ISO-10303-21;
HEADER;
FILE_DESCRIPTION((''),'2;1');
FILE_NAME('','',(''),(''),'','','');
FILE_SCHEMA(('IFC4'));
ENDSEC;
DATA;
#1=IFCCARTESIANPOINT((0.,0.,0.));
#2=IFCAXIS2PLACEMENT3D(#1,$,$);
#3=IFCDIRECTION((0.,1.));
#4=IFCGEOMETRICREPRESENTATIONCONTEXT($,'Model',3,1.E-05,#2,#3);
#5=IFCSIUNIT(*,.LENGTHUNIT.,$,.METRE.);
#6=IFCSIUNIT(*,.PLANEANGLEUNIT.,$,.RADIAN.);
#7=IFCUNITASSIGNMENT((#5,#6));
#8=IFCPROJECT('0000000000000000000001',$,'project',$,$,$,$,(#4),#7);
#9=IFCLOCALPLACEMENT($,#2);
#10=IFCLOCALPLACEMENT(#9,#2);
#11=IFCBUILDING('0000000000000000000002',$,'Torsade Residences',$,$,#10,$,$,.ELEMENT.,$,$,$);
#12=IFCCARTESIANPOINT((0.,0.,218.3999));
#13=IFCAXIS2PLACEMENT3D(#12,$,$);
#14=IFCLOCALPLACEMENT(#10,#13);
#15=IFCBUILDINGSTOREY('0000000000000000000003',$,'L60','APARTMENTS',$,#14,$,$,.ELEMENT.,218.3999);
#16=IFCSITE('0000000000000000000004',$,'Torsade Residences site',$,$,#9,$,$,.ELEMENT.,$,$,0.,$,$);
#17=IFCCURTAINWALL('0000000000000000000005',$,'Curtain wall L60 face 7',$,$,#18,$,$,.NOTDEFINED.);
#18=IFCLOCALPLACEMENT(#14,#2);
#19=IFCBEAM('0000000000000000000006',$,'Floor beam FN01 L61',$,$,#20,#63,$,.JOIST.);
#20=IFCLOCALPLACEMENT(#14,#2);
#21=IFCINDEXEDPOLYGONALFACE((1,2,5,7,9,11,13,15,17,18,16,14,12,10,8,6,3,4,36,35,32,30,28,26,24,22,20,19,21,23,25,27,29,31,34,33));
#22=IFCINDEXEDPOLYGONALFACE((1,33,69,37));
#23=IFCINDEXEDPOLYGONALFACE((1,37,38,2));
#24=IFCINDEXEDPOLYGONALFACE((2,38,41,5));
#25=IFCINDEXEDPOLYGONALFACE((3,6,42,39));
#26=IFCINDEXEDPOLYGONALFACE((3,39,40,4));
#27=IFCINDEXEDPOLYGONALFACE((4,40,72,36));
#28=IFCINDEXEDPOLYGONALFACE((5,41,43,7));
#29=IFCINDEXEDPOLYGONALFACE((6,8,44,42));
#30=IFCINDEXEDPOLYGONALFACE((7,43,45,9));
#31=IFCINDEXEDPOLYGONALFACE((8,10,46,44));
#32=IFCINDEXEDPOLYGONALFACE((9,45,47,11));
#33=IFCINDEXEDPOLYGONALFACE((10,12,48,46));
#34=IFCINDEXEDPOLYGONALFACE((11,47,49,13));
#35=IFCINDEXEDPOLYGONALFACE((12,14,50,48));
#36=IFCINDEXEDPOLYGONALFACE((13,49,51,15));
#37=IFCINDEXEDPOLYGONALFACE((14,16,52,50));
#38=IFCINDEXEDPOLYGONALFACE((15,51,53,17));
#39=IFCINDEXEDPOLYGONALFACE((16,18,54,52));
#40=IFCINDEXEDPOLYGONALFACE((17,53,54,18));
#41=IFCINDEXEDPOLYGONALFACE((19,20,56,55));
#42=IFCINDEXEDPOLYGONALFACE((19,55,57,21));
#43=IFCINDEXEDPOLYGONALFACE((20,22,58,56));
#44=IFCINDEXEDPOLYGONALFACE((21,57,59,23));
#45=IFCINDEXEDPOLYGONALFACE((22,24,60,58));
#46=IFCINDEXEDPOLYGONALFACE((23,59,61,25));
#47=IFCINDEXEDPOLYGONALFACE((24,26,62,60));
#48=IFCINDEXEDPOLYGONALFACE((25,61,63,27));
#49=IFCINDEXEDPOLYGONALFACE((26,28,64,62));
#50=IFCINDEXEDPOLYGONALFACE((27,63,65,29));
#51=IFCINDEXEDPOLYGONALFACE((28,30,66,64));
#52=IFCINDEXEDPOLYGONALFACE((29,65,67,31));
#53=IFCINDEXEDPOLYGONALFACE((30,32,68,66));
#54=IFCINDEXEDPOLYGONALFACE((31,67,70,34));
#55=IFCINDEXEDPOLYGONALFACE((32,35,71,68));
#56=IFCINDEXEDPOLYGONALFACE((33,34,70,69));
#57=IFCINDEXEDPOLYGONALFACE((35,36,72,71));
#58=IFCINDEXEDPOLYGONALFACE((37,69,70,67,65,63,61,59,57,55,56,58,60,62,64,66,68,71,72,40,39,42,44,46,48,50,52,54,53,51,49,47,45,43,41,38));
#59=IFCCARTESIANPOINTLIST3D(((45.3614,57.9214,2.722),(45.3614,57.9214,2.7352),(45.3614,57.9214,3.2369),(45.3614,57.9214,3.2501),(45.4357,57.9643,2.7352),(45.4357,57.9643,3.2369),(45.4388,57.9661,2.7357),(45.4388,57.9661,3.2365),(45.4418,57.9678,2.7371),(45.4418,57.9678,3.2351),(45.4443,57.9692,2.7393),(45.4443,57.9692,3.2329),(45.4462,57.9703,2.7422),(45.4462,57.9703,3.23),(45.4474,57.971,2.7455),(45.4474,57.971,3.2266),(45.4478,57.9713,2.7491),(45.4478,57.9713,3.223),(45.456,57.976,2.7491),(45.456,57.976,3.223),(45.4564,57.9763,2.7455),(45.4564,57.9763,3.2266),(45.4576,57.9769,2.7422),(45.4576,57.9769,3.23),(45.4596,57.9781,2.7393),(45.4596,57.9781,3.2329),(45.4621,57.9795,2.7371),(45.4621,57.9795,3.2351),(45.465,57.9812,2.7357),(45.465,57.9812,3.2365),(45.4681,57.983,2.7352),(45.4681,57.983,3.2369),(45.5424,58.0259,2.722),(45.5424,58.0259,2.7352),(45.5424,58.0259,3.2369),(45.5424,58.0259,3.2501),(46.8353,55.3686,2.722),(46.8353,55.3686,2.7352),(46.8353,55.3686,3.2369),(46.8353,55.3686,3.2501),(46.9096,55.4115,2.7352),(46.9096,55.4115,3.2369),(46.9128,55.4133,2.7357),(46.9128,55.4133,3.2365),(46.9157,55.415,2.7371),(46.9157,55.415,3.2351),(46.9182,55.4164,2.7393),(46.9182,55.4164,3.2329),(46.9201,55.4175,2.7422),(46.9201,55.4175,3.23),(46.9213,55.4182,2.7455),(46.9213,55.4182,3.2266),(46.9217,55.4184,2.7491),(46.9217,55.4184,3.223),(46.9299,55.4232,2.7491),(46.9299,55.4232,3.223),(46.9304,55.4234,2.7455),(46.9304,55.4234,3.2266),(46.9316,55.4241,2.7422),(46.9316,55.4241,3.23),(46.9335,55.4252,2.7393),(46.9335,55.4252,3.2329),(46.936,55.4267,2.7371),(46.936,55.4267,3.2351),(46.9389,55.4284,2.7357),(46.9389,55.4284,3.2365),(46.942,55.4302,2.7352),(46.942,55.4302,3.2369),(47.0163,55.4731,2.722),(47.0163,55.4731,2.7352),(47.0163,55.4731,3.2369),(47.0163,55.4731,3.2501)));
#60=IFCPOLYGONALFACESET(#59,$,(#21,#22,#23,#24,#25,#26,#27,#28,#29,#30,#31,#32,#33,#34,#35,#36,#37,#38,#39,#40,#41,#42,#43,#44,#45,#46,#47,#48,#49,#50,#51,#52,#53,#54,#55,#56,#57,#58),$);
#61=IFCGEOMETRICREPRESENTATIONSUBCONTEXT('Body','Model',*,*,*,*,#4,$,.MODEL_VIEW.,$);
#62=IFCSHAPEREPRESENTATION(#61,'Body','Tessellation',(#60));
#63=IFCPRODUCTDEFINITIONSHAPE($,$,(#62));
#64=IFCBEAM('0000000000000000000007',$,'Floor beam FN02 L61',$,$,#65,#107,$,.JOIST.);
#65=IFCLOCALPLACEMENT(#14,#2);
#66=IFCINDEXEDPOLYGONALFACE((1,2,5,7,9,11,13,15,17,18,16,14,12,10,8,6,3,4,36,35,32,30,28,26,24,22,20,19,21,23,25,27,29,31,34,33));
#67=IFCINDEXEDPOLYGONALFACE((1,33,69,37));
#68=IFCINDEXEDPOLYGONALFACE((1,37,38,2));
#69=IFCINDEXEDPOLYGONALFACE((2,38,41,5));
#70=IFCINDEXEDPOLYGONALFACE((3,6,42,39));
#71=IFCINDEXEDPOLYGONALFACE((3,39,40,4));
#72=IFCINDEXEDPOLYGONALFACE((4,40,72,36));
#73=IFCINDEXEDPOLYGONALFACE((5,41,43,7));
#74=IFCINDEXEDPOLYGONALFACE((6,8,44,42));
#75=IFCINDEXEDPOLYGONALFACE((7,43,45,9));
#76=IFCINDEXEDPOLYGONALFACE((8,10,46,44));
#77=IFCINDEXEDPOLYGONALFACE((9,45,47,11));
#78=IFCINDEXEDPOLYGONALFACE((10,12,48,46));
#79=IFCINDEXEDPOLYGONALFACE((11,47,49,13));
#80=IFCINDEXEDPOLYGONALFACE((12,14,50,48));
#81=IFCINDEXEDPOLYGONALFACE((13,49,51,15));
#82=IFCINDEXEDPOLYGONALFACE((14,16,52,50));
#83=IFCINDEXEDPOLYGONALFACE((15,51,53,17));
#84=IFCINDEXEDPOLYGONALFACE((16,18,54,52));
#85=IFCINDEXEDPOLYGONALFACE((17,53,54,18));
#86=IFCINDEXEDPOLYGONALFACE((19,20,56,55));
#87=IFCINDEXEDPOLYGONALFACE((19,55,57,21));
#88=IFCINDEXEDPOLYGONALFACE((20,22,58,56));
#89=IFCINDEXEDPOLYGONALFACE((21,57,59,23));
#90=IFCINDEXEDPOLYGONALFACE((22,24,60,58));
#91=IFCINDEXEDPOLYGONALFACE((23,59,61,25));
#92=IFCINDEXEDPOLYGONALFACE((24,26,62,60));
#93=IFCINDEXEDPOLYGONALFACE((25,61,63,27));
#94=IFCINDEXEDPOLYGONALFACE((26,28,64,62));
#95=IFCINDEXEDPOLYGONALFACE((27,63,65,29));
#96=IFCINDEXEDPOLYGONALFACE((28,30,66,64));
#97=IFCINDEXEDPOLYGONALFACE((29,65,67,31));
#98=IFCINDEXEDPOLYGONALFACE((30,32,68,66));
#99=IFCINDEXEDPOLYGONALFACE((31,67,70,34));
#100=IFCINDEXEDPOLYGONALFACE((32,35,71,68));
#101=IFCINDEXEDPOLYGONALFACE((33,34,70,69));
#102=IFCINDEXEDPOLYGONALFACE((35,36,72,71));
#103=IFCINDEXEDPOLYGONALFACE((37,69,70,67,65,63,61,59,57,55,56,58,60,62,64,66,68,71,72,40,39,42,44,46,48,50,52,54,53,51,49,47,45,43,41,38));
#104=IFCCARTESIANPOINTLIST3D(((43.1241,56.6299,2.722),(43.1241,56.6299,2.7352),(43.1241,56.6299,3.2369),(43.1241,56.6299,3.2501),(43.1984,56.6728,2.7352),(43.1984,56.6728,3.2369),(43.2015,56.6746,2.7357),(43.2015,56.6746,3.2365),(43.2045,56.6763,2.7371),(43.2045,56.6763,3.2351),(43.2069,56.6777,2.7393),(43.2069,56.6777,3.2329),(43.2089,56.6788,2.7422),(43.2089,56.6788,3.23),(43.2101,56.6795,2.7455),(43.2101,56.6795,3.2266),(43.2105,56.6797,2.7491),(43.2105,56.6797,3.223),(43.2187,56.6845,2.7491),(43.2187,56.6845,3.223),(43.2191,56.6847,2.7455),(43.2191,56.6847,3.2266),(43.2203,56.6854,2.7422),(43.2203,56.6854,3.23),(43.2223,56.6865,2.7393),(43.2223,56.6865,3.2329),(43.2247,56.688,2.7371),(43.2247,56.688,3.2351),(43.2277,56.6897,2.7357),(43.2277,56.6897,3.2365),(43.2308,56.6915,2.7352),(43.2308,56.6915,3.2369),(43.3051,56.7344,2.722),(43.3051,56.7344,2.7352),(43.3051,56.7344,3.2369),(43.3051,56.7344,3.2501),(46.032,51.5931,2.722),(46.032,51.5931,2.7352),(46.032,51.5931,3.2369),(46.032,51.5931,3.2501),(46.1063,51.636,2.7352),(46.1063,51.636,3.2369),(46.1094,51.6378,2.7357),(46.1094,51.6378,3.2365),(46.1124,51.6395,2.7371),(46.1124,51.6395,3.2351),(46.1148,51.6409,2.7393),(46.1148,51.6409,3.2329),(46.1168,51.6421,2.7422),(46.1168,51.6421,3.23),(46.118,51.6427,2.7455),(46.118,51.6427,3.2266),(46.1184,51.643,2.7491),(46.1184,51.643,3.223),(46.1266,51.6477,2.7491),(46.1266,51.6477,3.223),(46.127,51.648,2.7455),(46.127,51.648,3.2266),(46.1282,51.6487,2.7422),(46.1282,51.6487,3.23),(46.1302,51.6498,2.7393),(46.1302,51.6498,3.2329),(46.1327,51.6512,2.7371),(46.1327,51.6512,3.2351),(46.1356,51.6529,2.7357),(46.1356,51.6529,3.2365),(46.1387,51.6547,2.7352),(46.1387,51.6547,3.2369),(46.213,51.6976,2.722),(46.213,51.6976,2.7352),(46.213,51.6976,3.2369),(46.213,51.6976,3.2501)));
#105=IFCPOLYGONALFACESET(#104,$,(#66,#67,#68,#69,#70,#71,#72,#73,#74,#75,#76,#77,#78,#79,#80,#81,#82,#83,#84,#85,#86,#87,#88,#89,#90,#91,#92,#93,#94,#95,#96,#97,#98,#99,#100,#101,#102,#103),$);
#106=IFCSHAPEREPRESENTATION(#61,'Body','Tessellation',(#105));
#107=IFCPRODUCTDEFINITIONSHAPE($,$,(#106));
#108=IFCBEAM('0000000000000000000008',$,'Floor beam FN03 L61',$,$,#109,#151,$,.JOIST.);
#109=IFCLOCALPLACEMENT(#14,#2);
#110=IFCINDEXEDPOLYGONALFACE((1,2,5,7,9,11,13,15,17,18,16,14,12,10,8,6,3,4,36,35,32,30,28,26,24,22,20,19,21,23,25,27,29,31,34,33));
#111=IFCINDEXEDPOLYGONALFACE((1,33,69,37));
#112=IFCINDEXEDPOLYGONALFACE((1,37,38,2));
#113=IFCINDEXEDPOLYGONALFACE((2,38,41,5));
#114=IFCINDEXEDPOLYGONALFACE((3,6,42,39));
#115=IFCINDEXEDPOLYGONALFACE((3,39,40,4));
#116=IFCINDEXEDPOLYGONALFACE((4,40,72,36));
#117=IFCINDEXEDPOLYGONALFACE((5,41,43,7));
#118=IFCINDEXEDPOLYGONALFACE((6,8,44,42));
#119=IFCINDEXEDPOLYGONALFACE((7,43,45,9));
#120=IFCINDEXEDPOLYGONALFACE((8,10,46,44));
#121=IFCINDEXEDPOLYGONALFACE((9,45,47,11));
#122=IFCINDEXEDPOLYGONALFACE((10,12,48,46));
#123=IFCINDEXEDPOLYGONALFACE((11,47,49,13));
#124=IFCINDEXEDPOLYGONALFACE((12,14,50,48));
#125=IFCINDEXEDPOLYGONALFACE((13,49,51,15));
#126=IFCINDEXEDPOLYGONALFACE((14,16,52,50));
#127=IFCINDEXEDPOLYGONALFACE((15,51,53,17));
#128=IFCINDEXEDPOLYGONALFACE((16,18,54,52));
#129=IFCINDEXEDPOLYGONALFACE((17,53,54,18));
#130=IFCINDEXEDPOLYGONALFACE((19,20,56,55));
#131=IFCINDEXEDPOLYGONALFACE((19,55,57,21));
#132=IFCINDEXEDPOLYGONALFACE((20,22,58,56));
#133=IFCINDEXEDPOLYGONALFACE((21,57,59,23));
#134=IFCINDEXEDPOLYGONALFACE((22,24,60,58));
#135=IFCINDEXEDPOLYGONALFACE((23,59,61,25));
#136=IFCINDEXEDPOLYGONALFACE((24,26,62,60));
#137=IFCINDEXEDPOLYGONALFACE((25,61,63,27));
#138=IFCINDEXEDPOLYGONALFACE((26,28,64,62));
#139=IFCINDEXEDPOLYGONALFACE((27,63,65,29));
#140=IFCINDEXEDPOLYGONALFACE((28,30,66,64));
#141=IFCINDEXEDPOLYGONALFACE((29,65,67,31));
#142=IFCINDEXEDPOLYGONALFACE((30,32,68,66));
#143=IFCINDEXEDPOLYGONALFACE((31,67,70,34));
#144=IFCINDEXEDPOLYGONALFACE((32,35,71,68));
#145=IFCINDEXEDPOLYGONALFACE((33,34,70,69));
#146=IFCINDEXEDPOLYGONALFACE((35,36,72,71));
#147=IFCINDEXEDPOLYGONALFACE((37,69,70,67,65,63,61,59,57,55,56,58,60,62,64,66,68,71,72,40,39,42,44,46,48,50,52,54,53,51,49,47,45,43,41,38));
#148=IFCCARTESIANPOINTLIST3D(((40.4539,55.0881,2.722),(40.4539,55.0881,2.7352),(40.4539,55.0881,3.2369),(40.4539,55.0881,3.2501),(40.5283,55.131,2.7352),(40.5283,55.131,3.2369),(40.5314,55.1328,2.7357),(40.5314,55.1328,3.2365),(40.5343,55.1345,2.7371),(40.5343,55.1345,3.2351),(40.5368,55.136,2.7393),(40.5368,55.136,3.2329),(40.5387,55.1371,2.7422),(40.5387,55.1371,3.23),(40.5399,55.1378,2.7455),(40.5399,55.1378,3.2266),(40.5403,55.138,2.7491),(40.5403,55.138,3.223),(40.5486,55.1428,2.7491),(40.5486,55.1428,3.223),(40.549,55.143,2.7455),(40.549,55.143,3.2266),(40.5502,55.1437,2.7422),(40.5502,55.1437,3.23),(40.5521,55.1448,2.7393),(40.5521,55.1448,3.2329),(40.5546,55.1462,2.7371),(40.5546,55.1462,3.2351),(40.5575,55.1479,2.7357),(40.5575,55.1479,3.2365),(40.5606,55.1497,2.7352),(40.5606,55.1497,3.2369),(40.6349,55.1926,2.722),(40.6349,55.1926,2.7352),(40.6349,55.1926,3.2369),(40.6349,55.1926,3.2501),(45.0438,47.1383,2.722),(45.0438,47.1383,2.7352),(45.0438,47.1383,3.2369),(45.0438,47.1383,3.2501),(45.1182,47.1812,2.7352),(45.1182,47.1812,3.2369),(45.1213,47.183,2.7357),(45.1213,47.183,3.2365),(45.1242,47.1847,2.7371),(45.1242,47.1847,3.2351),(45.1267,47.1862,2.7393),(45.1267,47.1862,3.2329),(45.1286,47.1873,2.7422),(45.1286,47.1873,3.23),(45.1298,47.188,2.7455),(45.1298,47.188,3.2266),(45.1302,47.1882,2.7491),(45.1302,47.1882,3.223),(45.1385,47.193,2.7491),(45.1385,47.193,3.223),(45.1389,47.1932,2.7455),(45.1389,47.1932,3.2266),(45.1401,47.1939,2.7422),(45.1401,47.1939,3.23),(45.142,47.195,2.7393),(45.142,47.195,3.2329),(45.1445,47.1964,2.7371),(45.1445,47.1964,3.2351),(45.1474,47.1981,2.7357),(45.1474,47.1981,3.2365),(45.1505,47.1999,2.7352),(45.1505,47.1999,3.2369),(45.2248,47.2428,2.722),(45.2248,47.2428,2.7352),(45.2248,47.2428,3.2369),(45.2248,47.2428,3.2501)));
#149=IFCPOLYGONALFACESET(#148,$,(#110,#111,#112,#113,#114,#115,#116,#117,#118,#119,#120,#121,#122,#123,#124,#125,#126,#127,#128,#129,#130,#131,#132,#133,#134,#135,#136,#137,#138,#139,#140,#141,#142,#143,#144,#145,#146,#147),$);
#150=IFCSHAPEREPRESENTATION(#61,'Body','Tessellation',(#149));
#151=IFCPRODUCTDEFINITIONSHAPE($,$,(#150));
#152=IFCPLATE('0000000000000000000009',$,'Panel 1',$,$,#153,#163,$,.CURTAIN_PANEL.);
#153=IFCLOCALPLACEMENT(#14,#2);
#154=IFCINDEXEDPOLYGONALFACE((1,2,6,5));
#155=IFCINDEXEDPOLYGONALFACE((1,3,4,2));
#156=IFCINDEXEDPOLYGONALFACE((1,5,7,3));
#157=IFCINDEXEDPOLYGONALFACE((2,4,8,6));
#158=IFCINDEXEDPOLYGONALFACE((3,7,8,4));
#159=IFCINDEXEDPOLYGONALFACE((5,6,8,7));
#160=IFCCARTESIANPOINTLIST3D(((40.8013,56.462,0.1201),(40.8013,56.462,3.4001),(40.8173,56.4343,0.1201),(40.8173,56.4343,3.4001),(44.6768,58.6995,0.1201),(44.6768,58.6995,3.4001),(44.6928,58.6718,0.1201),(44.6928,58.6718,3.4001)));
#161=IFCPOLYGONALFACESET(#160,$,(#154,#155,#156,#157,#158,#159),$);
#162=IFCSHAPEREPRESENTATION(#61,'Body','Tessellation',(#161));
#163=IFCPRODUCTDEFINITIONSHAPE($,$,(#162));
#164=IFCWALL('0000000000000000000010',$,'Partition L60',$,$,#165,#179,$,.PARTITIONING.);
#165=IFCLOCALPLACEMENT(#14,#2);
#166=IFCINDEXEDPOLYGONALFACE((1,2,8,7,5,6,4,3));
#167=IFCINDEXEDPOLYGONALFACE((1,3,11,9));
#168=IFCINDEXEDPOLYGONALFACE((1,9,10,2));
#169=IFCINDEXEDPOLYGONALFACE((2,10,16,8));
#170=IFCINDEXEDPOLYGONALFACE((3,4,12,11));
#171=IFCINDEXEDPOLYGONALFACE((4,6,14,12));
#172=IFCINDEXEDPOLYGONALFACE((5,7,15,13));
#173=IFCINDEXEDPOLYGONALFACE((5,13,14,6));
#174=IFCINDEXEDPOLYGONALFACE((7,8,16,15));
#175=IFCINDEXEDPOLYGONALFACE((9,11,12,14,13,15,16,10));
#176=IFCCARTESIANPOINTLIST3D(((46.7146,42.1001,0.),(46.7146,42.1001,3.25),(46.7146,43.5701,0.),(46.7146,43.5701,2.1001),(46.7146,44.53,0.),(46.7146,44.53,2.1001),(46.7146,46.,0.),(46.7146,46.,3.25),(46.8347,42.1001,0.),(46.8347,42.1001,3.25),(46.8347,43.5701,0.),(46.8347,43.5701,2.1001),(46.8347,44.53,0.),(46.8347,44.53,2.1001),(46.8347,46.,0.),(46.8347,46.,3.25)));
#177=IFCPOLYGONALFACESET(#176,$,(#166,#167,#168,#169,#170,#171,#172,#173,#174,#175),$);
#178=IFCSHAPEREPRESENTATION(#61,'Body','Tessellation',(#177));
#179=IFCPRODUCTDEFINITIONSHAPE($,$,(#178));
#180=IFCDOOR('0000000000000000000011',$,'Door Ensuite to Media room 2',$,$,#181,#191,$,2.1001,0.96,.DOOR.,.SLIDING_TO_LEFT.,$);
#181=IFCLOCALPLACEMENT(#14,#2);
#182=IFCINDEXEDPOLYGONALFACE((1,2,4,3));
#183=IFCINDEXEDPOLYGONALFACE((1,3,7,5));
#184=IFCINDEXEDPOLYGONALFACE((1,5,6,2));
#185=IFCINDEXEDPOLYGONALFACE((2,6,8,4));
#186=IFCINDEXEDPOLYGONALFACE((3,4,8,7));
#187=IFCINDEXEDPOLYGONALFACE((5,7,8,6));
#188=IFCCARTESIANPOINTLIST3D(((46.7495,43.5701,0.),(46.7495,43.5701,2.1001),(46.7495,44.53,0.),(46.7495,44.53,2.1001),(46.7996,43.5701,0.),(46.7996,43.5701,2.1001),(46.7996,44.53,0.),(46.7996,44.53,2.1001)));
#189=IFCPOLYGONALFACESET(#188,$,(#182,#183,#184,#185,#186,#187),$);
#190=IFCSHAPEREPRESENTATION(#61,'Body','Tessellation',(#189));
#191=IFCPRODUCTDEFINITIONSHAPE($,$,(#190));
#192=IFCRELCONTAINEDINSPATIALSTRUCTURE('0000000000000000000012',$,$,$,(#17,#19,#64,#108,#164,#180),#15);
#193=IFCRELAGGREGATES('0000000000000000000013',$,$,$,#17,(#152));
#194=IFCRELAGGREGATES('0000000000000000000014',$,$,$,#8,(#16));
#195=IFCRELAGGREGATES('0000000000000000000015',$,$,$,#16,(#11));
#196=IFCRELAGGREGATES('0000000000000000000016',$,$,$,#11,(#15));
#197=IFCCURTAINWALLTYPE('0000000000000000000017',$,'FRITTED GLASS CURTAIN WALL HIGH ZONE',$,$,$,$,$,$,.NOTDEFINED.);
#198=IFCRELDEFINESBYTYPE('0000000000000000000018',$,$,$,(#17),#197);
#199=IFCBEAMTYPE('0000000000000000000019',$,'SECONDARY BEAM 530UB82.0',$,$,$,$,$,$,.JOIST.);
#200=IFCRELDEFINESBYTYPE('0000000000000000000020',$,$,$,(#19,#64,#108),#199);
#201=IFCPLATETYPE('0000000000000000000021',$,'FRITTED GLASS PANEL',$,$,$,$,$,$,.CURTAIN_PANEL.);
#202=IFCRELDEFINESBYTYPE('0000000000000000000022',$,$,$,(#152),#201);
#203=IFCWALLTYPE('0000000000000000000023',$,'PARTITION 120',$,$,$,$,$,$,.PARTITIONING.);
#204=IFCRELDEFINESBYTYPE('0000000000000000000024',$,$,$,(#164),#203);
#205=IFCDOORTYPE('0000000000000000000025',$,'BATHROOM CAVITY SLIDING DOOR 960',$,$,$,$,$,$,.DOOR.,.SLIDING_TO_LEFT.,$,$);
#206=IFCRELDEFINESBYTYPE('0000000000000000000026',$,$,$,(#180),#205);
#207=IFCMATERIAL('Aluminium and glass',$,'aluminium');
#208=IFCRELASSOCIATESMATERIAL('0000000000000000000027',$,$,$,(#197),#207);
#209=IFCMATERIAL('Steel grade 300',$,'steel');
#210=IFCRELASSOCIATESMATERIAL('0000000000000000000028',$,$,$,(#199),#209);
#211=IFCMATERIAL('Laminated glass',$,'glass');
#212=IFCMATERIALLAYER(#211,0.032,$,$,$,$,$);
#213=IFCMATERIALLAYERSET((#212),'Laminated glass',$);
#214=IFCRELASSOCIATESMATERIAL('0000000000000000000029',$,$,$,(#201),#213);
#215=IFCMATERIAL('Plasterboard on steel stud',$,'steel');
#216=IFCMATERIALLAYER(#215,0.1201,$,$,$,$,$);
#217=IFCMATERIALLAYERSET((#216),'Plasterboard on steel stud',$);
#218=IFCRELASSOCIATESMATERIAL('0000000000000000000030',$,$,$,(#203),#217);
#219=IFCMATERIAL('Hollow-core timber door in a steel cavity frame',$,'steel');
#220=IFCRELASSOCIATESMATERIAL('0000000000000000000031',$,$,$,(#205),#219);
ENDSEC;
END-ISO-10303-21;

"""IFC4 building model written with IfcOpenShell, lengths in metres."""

from ifc_helpers import new_model, si_unit, direction, frame, frame_2d, origin, origin_2d, place, context, subcontext, project, spatial, rectangle, i_section, extrude, material, layer, layer_set, material_profile, profile_set, type_object, element, fill, aggregate, save


model = new_model("IFC4")

# Units and contexts
model_context = context("Model", 3, precision=1e-05, world=origin(), true_north=direction((0.0, 1.0)))
body_context = subcontext(model_context, "Body", "Model", "MODEL_VIEW")
ifc_project = project(units=[si_unit("LENGTHUNIT", "METRE"), si_unit("PLANEANGLEUNIT", "RADIAN")], contexts=[model_context])

# Site, building, storey
site_placement = place(None, origin())
site = spatial("IfcSite", under=ifc_project, at=site_placement, Name="Torsade Residences site", CompositionType="ELEMENT", RefElevation=0.0)
building_placement = place(site_placement, origin())
building = spatial("IfcBuilding", under=site, at=building_placement, Name="Torsade Residences", CompositionType="ELEMENT")
storey_placement = place(building_placement, frame((0.0, 0.0, 218.3999)))
storey = spatial("IfcBuildingStorey", under=building, at=storey_placement, Name="L60", Description="APARTMENTS", CompositionType="ELEMENT", Elevation=218.3999)

# Curtain wall
ifc_material_1 = material(Name="Aluminium and glass", Category="aluminium")
curtain_wall_type = type_object("IfcCurtainWallType", Name="FRITTED GLASS CURTAIN WALL HIGH ZONE", PredefinedType="NOTDEFINED", material=ifc_material_1)
curtain_wall_placement = place(storey_placement, origin())
curtain_wall = element("IfcCurtainWall", 1, at=curtain_wall_placement, inside=storey, type_object=curtain_wall_type, Name="Curtain wall L60 face 7", PredefinedType="NOTDEFINED")

# Beams
ifc_material_2 = material(Name="Steel grade 300", Category="steel")
ifc_material_profile_1 = material_profile(ifc_material_2, i_section(OverallWidth=0.209, OverallDepth=0.5281, WebThickness=0.0095, FlangeThickness=0.0132, FilletRadius=0.0139, at=origin_2d()), Name="530UB82.0")
ifc_profile_set_1 = profile_set([ifc_material_profile_1], Name="Steel grade 300")
beam_type_1 = type_object("IfcBeamType", Name="SECONDARY BEAM 530UB82.0", PredefinedType="JOIST", material=ifc_profile_set_1)
beam_1_placement = place(storey_placement, frame((45.4519, 57.9736, 2.9861), z_axis=(0.500014, -0.866017, 0.0), x_axis=(0.866017, 0.500014, 0.0)))
element("IfcBeam", 2, at=beam_1_placement, inside=storey, type_object=beam_type_1, Name="Floor beam FN01 L61", PredefinedType="JOIST", context=body_context, shape_type="SweptSolid", body=[
    extrude(i_section(OverallWidth=0.209, OverallDepth=0.5281, WebThickness=0.0095, FlangeThickness=0.0132, FilletRadius=0.0139, at=origin_2d()), origin(), (0.0, 0.0, 1.0), 2.9478),
])
beam_2_placement = place(storey_placement, frame((43.2146, 56.6821, 2.9861), z_axis=(0.49999, -0.866031, 0.0), x_axis=(0.866031, 0.49999, 0.0)))
element("IfcBeam", 3, at=beam_2_placement, inside=storey, type_object=beam_type_1, Name="Floor beam FN02 L61", PredefinedType="JOIST", context=body_context, shape_type="SweptSolid", body=[
    extrude(i_section(OverallWidth=0.209, OverallDepth=0.5281, WebThickness=0.0095, FlangeThickness=0.0132, FilletRadius=0.0139, at=origin_2d()), origin(), (0.0, 0.0, 1.0), 5.8159),
])
beam_3_placement = place(storey_placement, frame((40.5444, 55.1404, 2.9861), z_axis=(0.500006, -0.866022, 0.0), x_axis=(0.866022, 0.500006, 0.0)))
element("IfcBeam", 4, at=beam_3_placement, inside=storey, type_object=beam_type_1, Name="Floor beam FN03 L61", PredefinedType="JOIST", context=body_context, shape_type="SweptSolid", body=[
    extrude(i_section(OverallWidth=0.209, OverallDepth=0.5281, WebThickness=0.0095, FlangeThickness=0.0132, FilletRadius=0.0139, at=origin_2d()), origin(), (0.0, 0.0, 1.0), 9.1797),
])

# Plate
ifc_material_3 = material(Name="Laminated glass", Category="glass")
ifc_layer_1 = layer(ifc_material_3, 0.032)
ifc_layer_set_1 = layer_set([ifc_layer_1], Name="Laminated glass")
plate_type = type_object("IfcPlateType", Name="FRITTED GLASS PANEL", PredefinedType="CURTAIN_PANEL", material=ifc_layer_set_1)
plate_placement = place(storey_placement, frame((42.7471, 57.5669, 0.1201), z_axis=(0.0, 0.0, 1.0), x_axis=(-0.866025, -0.5, 0.0)))
plate = element("IfcPlate", 5, at=plate_placement, type_object=plate_type, Name="Panel 1", PredefinedType="CURTAIN_PANEL", context=body_context, shape_type="SweptSolid", body=[
    extrude(rectangle(XDim=4.4751, YDim=0.032, at=origin_2d()), origin(), (0.0, 0.0, 1.0), 3.28),
])
aggregate(curtain_wall, [plate])

# Wall, opening, door
ifc_material_4 = material(Name="Plasterboard on steel stud", Category="steel")
ifc_layer_2 = layer(ifc_material_4, 0.1201)
ifc_layer_set_2 = layer_set([ifc_layer_2], Name="Plasterboard on steel stud")
wall_type_1 = type_object("IfcWallType", Name="PARTITION 120", PredefinedType="PARTITIONING", material=ifc_layer_set_2)
wall_1_placement = place(storey_placement, frame((46.7747, 46.0, 0.0), z_axis=(0.0, 0.0, 1.0), x_axis=(0.0, -1.0, 0.0)))
wall_1 = element("IfcWall", 6, at=wall_1_placement, inside=storey, type_object=wall_type_1, Name="Partition L60", PredefinedType="PARTITIONING", context=body_context, shape_type="SweptSolid", body=[
    extrude(rectangle(XDim=3.8999, YDim=0.1201, at=frame_2d((1.95, 0.0))), origin(), (0.0, 0.0, 1.0), 3.25),
])
opening_1_placement = place(wall_1_placement, frame((1.47, 0.0, 0.0)))
opening_1 = element("IfcOpeningElement", 7, at=opening_1_placement, cuts=wall_1, PredefinedType="OPENING", context=body_context, shape_type="SweptSolid", body=[
    extrude(rectangle(XDim=0.96, YDim=2.1001, at=frame_2d((0.48, 1.05))), frame((0.0, 0.0701, 0.0), z_axis=(0.0, -1.0, 0.0), x_axis=(1.0, 0.0, 0.0)), (0.0, 0.0, 1.0), 0.1401),
])
ifc_material_5 = material(Name="Hollow-core timber door in a steel cavity frame", Category="steel")
door_type_1 = type_object("IfcDoorType", Name="BATHROOM CAVITY SLIDING DOOR 960", OperationType="SLIDING_TO_LEFT", PredefinedType="DOOR", material=ifc_material_5)
door_1_placement = place(opening_1_placement, origin())
door_1 = element("IfcDoor", 8, at=door_1_placement, inside=storey, type_object=door_type_1, Name="Door Ensuite to Media room 2", OperationType="SLIDING_TO_LEFT", OverallHeight=2.1001, OverallWidth=0.96, PredefinedType="DOOR", context=body_context, shape_type="SweptSolid", body=[
    extrude(rectangle(XDim=0.96, YDim=2.1001, at=frame_2d((0.48, 1.05))), frame((0.0, 0.0249, 0.0), z_axis=(0.0, -1.0, 0.0), x_axis=(1.0, 0.0, 0.0)), (0.0, 0.0, 1.0), 0.05),
])
fill(opening_1, door_1)

save(model, "model.ifc")
